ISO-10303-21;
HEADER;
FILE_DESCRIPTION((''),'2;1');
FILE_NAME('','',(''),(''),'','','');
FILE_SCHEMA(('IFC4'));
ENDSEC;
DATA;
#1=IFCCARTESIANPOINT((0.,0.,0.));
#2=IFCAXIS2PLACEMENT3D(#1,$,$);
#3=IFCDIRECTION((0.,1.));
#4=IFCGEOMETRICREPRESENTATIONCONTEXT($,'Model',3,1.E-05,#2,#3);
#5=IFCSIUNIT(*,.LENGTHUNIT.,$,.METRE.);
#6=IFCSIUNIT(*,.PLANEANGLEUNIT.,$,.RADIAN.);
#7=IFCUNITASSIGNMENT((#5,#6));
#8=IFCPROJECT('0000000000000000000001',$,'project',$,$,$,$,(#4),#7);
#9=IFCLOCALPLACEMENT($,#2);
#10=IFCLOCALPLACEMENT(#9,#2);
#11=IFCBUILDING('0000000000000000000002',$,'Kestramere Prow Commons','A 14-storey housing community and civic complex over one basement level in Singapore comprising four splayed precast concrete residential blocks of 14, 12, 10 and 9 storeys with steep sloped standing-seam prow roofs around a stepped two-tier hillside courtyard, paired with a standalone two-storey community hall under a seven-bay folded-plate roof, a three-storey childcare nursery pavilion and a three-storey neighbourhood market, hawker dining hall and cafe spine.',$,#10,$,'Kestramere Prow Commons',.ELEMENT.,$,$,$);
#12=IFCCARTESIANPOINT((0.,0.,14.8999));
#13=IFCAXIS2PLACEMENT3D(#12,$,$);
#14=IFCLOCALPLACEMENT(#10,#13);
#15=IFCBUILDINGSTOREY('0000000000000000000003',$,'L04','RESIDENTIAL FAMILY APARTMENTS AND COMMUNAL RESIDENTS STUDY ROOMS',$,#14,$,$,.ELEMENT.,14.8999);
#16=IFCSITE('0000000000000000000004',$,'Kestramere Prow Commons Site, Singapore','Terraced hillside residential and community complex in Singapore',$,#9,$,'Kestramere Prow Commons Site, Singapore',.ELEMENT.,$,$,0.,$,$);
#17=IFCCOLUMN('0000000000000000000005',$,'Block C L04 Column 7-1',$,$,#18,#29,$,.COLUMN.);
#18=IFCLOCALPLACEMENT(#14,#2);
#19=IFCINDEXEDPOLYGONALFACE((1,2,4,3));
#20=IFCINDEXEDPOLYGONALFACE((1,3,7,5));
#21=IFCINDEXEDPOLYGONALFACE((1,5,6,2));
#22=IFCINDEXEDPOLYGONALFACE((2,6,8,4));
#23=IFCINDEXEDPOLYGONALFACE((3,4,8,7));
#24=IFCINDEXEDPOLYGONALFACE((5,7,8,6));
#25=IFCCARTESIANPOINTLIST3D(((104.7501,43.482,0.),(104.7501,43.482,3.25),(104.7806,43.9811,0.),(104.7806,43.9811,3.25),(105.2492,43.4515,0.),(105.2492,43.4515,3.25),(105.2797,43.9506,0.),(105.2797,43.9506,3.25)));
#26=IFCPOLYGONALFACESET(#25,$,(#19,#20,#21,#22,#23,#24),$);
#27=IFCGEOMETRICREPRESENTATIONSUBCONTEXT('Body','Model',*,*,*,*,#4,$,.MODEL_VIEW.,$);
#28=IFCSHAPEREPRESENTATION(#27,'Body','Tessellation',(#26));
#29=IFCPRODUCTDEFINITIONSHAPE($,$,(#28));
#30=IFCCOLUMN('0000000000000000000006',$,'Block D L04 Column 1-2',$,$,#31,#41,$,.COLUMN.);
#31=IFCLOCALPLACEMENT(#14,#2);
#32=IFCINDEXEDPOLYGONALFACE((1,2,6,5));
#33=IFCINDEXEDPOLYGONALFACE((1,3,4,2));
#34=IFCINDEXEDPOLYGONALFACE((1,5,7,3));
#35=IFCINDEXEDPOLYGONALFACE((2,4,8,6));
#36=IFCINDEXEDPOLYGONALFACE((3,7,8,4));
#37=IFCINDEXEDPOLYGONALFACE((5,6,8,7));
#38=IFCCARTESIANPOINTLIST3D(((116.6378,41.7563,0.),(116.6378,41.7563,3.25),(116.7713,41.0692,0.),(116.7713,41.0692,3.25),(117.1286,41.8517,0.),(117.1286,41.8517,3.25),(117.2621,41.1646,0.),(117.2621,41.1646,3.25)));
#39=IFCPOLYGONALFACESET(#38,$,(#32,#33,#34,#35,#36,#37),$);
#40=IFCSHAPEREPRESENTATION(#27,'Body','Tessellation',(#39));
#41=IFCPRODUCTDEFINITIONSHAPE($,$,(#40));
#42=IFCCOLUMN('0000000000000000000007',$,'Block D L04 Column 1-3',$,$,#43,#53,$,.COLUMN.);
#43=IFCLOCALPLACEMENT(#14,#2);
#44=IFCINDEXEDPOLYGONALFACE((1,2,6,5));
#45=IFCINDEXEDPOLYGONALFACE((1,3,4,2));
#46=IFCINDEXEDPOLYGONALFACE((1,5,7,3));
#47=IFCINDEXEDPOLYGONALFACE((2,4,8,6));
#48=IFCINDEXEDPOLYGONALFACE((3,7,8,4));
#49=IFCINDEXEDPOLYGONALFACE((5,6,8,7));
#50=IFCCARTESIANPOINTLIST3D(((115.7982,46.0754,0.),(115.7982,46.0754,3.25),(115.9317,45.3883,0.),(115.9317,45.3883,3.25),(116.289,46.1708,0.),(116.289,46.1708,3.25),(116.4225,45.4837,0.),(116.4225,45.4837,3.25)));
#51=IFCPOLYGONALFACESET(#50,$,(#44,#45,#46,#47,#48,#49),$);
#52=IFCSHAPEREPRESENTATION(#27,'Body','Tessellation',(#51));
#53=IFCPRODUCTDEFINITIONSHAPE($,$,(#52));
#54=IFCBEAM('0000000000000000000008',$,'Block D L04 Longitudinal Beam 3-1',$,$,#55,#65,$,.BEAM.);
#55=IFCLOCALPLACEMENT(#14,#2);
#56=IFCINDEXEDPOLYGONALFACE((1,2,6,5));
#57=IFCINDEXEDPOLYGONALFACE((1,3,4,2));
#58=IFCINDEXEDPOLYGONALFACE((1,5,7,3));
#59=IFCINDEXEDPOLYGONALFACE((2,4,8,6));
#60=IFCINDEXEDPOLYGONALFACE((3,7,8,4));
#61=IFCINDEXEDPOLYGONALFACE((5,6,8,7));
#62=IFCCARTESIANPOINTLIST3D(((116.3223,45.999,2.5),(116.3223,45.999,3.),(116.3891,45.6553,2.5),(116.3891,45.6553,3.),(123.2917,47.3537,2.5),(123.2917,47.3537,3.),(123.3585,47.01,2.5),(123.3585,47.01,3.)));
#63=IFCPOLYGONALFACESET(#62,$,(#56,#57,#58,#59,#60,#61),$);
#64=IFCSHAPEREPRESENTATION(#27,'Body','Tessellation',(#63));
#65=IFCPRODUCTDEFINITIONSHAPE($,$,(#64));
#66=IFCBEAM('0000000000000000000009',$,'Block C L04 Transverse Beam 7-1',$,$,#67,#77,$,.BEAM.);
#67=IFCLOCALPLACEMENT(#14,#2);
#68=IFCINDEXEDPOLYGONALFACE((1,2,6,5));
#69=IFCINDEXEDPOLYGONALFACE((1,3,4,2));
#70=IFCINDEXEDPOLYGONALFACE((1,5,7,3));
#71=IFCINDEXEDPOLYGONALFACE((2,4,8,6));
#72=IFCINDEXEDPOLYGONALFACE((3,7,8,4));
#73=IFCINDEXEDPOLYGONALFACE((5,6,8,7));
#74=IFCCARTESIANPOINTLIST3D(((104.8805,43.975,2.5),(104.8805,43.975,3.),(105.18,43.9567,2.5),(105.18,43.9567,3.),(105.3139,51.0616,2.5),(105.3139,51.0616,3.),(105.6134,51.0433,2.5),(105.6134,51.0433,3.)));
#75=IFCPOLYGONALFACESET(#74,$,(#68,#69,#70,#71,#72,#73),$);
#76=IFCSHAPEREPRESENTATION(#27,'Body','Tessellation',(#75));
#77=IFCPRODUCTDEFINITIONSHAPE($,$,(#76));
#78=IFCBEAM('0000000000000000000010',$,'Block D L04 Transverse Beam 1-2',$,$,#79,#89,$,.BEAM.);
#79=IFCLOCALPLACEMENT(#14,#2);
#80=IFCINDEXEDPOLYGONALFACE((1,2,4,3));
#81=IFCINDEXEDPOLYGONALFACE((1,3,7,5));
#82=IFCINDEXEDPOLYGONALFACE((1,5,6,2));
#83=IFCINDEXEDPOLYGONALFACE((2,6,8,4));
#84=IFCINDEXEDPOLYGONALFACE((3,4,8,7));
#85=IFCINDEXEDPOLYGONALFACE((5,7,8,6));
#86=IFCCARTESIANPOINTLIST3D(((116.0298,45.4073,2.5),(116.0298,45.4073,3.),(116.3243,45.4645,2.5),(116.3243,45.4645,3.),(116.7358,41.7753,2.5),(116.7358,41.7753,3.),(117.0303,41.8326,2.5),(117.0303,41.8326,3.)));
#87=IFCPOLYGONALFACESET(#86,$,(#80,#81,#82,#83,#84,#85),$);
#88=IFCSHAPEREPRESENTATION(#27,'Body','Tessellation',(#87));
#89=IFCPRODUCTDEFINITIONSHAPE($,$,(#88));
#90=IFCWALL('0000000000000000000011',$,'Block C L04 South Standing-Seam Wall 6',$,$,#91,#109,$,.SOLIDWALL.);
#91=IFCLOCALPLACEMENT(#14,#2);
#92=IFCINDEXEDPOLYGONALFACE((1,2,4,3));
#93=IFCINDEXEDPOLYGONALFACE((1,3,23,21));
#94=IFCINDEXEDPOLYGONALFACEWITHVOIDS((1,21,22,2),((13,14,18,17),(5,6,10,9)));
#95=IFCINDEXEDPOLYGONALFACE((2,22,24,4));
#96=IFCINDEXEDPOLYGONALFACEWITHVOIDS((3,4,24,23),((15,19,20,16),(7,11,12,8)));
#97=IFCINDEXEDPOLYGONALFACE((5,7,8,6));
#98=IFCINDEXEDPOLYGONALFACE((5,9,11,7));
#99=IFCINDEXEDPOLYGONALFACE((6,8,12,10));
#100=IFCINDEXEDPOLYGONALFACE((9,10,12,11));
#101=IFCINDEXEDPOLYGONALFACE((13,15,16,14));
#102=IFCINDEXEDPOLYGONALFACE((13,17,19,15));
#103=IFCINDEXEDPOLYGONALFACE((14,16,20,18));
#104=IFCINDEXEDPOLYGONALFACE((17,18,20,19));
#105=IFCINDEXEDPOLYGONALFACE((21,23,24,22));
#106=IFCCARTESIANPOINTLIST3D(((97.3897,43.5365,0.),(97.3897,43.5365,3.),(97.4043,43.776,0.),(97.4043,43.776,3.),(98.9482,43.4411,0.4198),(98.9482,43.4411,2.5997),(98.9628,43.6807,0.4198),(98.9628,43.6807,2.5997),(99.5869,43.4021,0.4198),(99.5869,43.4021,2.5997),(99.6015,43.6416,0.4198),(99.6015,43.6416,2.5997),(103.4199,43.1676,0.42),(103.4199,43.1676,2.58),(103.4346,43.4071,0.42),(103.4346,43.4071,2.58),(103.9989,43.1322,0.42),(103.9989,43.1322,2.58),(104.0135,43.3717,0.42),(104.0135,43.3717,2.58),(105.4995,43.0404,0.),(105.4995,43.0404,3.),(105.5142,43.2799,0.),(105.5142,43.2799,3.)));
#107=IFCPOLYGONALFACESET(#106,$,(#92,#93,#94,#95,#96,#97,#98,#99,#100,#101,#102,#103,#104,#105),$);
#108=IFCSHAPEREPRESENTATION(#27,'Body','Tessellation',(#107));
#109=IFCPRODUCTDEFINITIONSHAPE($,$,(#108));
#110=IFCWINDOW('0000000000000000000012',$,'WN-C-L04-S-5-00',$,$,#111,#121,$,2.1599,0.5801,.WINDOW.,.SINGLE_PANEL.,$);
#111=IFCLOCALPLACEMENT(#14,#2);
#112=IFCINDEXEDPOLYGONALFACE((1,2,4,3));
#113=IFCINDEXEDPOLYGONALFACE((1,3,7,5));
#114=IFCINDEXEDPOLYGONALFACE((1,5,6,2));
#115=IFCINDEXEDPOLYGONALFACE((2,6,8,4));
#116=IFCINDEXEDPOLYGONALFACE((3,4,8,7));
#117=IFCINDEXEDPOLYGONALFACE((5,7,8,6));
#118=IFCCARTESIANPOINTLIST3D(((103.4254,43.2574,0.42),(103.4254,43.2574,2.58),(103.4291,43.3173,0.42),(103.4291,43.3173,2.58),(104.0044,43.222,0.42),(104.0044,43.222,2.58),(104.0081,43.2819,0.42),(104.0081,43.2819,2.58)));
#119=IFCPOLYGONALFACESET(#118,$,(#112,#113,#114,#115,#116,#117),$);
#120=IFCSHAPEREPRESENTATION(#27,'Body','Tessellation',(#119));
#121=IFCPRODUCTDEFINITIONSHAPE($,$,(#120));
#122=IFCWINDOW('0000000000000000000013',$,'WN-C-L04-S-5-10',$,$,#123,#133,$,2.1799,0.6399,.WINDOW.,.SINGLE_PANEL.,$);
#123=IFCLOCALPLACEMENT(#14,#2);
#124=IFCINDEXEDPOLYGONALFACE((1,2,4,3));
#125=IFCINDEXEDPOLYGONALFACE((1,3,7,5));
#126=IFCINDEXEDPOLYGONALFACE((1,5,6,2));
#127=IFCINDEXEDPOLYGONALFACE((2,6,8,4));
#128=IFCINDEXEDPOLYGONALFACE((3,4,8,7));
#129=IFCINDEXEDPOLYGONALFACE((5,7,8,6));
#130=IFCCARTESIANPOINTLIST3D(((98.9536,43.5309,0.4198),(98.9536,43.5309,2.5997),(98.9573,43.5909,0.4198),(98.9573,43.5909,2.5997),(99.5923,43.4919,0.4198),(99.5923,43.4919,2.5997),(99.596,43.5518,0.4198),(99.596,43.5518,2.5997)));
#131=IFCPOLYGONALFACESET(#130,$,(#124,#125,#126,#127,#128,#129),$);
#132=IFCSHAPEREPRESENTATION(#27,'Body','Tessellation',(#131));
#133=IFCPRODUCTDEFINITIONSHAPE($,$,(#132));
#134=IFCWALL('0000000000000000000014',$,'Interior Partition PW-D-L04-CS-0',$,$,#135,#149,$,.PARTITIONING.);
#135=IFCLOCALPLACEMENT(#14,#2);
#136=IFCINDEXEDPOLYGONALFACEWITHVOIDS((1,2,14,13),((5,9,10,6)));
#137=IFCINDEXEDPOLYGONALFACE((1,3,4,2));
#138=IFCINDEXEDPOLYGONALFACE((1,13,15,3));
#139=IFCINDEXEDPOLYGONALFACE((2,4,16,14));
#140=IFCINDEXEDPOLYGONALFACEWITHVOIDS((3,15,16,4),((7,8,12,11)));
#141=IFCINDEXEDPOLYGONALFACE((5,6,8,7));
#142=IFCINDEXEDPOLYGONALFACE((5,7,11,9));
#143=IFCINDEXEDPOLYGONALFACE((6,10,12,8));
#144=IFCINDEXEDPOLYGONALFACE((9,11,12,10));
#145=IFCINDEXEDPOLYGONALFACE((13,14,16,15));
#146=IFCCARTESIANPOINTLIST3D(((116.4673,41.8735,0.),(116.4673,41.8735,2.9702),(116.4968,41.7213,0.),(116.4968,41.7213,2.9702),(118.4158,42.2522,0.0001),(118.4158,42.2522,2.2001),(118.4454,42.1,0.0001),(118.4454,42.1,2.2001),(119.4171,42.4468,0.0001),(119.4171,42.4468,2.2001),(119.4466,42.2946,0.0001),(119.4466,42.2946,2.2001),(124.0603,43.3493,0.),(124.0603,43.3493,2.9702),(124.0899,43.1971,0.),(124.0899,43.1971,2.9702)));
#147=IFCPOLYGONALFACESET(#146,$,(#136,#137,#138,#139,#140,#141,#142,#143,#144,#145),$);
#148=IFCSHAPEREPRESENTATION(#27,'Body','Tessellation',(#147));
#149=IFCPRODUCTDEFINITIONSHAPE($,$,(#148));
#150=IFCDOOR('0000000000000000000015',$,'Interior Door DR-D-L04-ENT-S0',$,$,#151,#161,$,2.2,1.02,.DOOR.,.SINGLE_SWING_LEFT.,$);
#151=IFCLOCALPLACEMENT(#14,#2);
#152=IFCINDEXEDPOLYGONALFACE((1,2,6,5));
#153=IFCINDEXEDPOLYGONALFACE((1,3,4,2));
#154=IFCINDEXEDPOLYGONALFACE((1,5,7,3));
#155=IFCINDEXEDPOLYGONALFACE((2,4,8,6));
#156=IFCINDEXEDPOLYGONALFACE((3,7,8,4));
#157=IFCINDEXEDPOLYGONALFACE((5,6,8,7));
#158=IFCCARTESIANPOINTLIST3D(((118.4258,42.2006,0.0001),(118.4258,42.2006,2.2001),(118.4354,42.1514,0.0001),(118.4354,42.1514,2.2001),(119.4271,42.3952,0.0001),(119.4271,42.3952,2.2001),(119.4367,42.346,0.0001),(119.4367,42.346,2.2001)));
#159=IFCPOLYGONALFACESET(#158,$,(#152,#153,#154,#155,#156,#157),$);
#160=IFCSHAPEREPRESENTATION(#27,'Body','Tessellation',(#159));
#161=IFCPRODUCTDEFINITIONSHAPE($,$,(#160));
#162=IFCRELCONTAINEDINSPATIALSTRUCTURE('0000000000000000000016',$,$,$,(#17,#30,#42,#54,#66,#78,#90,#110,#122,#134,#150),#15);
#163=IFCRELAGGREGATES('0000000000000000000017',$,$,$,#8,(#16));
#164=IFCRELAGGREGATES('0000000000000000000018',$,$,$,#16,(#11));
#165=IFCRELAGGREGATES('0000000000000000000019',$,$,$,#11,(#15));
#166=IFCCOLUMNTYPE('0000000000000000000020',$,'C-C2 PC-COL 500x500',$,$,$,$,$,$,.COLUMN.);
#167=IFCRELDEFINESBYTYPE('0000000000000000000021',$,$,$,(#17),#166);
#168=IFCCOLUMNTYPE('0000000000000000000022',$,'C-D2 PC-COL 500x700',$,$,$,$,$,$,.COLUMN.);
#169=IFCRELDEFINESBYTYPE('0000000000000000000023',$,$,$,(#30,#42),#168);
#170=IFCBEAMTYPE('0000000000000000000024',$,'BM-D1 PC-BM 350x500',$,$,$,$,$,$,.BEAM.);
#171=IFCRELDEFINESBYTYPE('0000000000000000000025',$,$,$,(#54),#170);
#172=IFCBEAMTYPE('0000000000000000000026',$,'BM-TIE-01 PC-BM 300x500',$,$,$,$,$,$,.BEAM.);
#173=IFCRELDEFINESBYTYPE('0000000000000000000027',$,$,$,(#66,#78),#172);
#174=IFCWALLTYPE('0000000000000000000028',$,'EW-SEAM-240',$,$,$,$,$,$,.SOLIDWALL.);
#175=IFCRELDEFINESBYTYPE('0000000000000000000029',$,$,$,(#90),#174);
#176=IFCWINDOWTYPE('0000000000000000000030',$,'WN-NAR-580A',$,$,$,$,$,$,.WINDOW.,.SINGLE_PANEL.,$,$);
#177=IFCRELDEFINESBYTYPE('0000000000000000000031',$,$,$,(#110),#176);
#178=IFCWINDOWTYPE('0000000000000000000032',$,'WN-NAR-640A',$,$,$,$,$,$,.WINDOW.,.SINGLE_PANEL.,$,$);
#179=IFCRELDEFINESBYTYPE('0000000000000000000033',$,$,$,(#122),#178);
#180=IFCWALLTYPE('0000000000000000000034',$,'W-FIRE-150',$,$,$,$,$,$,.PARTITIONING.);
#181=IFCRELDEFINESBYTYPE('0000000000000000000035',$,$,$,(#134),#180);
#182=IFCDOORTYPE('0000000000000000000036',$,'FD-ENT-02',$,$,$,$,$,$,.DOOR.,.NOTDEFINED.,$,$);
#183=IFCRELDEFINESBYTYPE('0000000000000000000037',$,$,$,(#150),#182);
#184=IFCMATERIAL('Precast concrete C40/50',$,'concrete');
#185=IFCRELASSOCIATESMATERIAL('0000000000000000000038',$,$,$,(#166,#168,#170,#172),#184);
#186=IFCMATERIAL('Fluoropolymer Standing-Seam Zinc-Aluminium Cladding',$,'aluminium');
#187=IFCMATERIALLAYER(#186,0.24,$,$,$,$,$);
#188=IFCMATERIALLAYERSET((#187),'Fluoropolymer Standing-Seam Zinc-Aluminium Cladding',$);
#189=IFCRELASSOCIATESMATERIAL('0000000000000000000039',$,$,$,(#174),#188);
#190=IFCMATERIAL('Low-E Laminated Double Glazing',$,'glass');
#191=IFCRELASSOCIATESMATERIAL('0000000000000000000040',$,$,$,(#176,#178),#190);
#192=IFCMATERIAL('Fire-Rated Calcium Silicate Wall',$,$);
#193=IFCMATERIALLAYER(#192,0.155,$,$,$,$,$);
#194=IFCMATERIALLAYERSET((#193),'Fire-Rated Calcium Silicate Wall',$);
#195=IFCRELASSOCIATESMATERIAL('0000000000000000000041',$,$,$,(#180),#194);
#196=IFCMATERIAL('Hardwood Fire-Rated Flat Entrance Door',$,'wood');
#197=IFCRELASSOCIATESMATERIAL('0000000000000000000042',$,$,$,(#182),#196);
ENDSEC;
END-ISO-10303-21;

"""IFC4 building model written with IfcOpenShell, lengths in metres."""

from ifc_helpers import new_model, si_unit, direction, frame, frame_2d, origin, origin_2d, place, context, subcontext, project, spatial, rectangle, extrude, material, layer, layer_set, material_profile, profile_set, type_object, element, fill, save


model = new_model("IFC4")

# Units and contexts
model_context = context("Model", 3, precision=1e-05, world=origin(), true_north=direction((0.0, 1.0)))
body_context = subcontext(model_context, "Body", "Model", "MODEL_VIEW")
ifc_project = project(units=[si_unit("LENGTHUNIT", "METRE"), si_unit("PLANEANGLEUNIT", "RADIAN")], contexts=[model_context])

# Site, building, storey
site_placement = place(None, origin())
site = spatial("IfcSite", under=ifc_project, at=site_placement, Name="Kestramere Prow Commons Site, Singapore", Description="Terraced hillside residential and community complex in Singapore", LongName="Kestramere Prow Commons Site, Singapore", CompositionType="ELEMENT", RefElevation=0.0)
building_placement = place(site_placement, origin())
building = spatial("IfcBuilding", under=site, at=building_placement, Name="Kestramere Prow Commons", Description="A 14-storey housing community and civic complex over one basement level in Singapore comprising four splayed precast concrete residential blocks of 14, 12, 10 and 9 storeys with steep sloped standing-seam prow roofs around a stepped two-tier hillside courtyard, paired with a standalone two-storey community hall under a seven-bay folded-plate roof, a three-storey childcare nursery pavilion and a three-storey neighbourhood market, hawker dining hall and cafe spine.", LongName="Kestramere Prow Commons", CompositionType="ELEMENT")
storey_placement = place(building_placement, frame((0.0, 0.0, 14.8999)))
storey = spatial("IfcBuildingStorey", under=building, at=storey_placement, Name="L04", Description="RESIDENTIAL FAMILY APARTMENTS AND COMMUNAL RESIDENTS STUDY ROOMS", CompositionType="ELEMENT", Elevation=14.8999)

# Columns
ifc_material_1 = material(Name="Precast concrete C40/50", Category="concrete")
ifc_material_profile_1 = material_profile(ifc_material_1, rectangle(XDim=0.5, YDim=0.5, at=origin_2d()), Name="PC-COL 500x500")
ifc_profile_set_1 = profile_set([ifc_material_profile_1], Name="Precast concrete C40/50")
column_type_1 = type_object("IfcColumnType", Name="C-C2 PC-COL 500x500", PredefinedType="COLUMN", material=ifc_profile_set_1)
column_placement = place(storey_placement, frame((105.0149, 43.7163, 0.0), z_axis=(0.0, 0.0, 1.0), x_axis=(0.998135, -0.061049, 0.0)))
element("IfcColumn", 1, at=column_placement, inside=storey, type_object=column_type_1, Name="Block C L04 Column 7-1", PredefinedType="COLUMN", context=body_context, shape_type="SweptSolid", body=[
    extrude(rectangle(XDim=0.5, YDim=0.5, at=origin_2d()), origin(), (0.0, 0.0, 1.0), 3.25),
])
ifc_material_profile_2 = material_profile(ifc_material_1, rectangle(XDim=0.5, YDim=0.7, at=origin_2d()), Name="PC-COL 500x700")
ifc_profile_set_2 = profile_set([ifc_material_profile_2], Name="Precast concrete C40/50")
column_type_2 = type_object("IfcColumnType", Name="C-D2 PC-COL 500x700", PredefinedType="COLUMN", material=ifc_profile_set_2)
for number, where, z_axis, x_axis, name in (
    (2, (116.95, 41.4604, 0.0), (0.0, 0.0, 1.0), (0.981627, 0.190809, 0.0), "Block D L04 Column 1-2"),
    (3, (116.1104, 45.7795, 0.0), (0.0, 0.0, 1.0), (0.981627, 0.190809, 0.0), "Block D L04 Column 1-3"),
):
    element("IfcColumn", number, at=place(storey_placement, frame(where, z_axis=z_axis, x_axis=x_axis)), inside=storey, type_object=column_type_2, Name=name, PredefinedType="COLUMN", context=body_context, shape_type="SweptSolid", body=[
        extrude(rectangle(XDim=0.5, YDim=0.7, at=origin_2d()), origin(), (0.0, 0.0, 1.0), 3.25),
    ])

# Beams
ifc_material_profile_3 = material_profile(ifc_material_1, rectangle(XDim=0.3501, YDim=0.5, at=origin_2d()), Name="PC-BM 350x500")
ifc_profile_set_3 = profile_set([ifc_material_profile_3], Name="Precast concrete C40/50")
beam_type_1 = type_object("IfcBeamType", Name="BM-D1 PC-BM 350x500", PredefinedType="BEAM", material=ifc_profile_set_3)
beam_1_placement = place(storey_placement, frame((116.3557, 45.8271, 2.75), z_axis=(0.981627, 0.19081, 0.0), x_axis=(-0.19081, 0.981627, 0.0)))
element("IfcBeam", 4, at=beam_1_placement, inside=storey, type_object=beam_type_1, Name="Block D L04 Longitudinal Beam 3-1", PredefinedType="BEAM", context=body_context, shape_type="SweptSolid", body=[
    extrude(rectangle(XDim=0.3501, YDim=0.5, at=origin_2d()), origin(), (0.0, 0.0, 1.0), 7.0999),
])
ifc_material_profile_4 = material_profile(ifc_material_1, rectangle(XDim=0.3, YDim=0.5, at=origin_2d()), Name="PC-BM 300x500")
ifc_profile_set_4 = profile_set([ifc_material_profile_4], Name="Precast concrete C40/50")
beam_type_2 = type_object("IfcBeamType", Name="BM-TIE-01 PC-BM 300x500", PredefinedType="BEAM", material=ifc_profile_set_4)
beam_2_placement = place(storey_placement, frame((105.0303, 43.9658, 2.75), z_axis=(0.061036, 0.998136, 0.0), x_axis=(-0.998136, 0.061036, 0.0)))
element("IfcBeam", 5, at=beam_2_placement, inside=storey, type_object=beam_type_2, Name="Block C L04 Transverse Beam 7-1", PredefinedType="BEAM", context=body_context, shape_type="SweptSolid", body=[
    extrude(rectangle(XDim=0.3, YDim=0.5, at=origin_2d()), origin(), (0.0, 0.0, 1.0), 7.0999),
])
beam_3_placement = place(storey_placement, frame((116.8831, 41.804, 2.75), z_axis=(-0.190822, 0.981625, 0.0), x_axis=(-0.981625, -0.190822, 0.0)))
element("IfcBeam", 6, at=beam_3_placement, inside=storey, type_object=beam_type_2, Name="Block D L04 Transverse Beam 1-2", PredefinedType="BEAM", context=body_context, shape_type="SweptSolid", body=[
    extrude(rectangle(XDim=0.3, YDim=0.5, at=origin_2d()), origin(), (0.0, 0.0, 1.0), 3.7),
])

# Wall, openings, windows
ifc_material_2 = material(Name="Fluoropolymer Standing-Seam Zinc-Aluminium Cladding", Category="aluminium")
ifc_layer_1 = layer(ifc_material_2, 0.24)
ifc_layer_set_1 = layer_set([ifc_layer_1], Name="Fluoropolymer Standing-Seam Zinc-Aluminium Cladding")
wall_type_1 = type_object("IfcWallType", Name="EW-SEAM-240", PredefinedType="SOLIDWALL", material=ifc_layer_set_1)
wall_1_placement = place(storey_placement, frame((105.5068, 43.1602, 0.0), z_axis=(0.0, 0.0, 1.0), x_axis=(-0.998134, 0.061058, 0.0)))
wall_1 = element("IfcWall", 7, at=wall_1_placement, inside=storey, type_object=wall_type_1, Name="Block C L04 South Standing-Seam Wall 6", PredefinedType="SOLIDWALL", context=body_context, shape_type="SweptSolid", body=[
    extrude(rectangle(XDim=8.125, YDim=0.24, at=frame_2d((4.0625, 0.0))), origin(), (0.0, 0.0, 1.0), 3.0),
])
opening_1_placement = place(wall_1_placement, frame((1.5034, 0.0, 0.4199)))
opening_1 = element("IfcOpeningElement", 8, at=opening_1_placement, cuts=wall_1, PredefinedType="OPENING", context=body_context, shape_type="SweptSolid", body=[
    extrude(rectangle(XDim=0.5801, YDim=2.1599, at=frame_2d((0.29, 1.0801))), frame((0.0, 0.135, 0.0), z_axis=(0.0, -1.0, 0.0), x_axis=(1.0, 0.0, 0.0)), (0.0, 0.0, 1.0), 0.27),
])
opening_2_placement = place(wall_1_placement, frame((5.9238, 0.0, 0.4199)))
opening_2 = element("IfcOpeningElement", 9, at=opening_2_placement, cuts=wall_1, PredefinedType="OPENING", context=body_context, shape_type="SweptSolid", body=[
    extrude(rectangle(XDim=0.6399, YDim=2.1799, at=frame_2d((0.3198, 1.0898))), frame((0.0, 0.135, 0.0), z_axis=(0.0, -1.0, 0.0), x_axis=(1.0, 0.0, 0.0)), (0.0, 0.0, 1.0), 0.27),
])
ifc_material_3 = material(Name="Low-E Laminated Double Glazing", Category="glass")
window_type_1 = type_object("IfcWindowType", Name="WN-NAR-580A", PartitioningType="SINGLE_PANEL", PredefinedType="WINDOW", material=ifc_material_3)
window_1_placement = place(opening_1_placement, origin())
window_1 = element("IfcWindow", 10, at=window_1_placement, inside=storey, type_object=window_type_1, Name="WN-C-L04-S-5-00", OverallHeight=2.1599, OverallWidth=0.5801, PartitioningType="SINGLE_PANEL", PredefinedType="WINDOW", context=body_context, shape_type="SweptSolid", body=[
    extrude(rectangle(XDim=0.5801, YDim=2.1599, at=frame_2d((0.29, 1.0801))), frame((0.0, 0.03, 0.0), z_axis=(0.0, -1.0, 0.0), x_axis=(1.0, 0.0, 0.0)), (0.0, 0.0, 1.0), 0.0601),
])
fill(opening_1, window_1)
window_type_2 = type_object("IfcWindowType", Name="WN-NAR-640A", PartitioningType="SINGLE_PANEL", PredefinedType="WINDOW", material=ifc_material_3)
window_2_placement = place(opening_2_placement, origin())
window_2 = element("IfcWindow", 11, at=window_2_placement, inside=storey, type_object=window_type_2, Name="WN-C-L04-S-5-10", OverallHeight=2.1799, OverallWidth=0.6399, PartitioningType="SINGLE_PANEL", PredefinedType="WINDOW", context=body_context, shape_type="SweptSolid", body=[
    extrude(rectangle(XDim=0.6399, YDim=2.1799, at=frame_2d((0.3198, 1.0898))), frame((0.0, 0.03, 0.0), z_axis=(0.0, -1.0, 0.0), x_axis=(1.0, 0.0, 0.0)), (0.0, 0.0, 1.0), 0.0601),
])
fill(opening_2, window_2)

# Wall, opening, door
ifc_material_4 = material(Name="Fire-Rated Calcium Silicate Wall")
ifc_layer_2 = layer(ifc_material_4, 0.155)
ifc_layer_set_2 = layer_set([ifc_layer_2], Name="Fire-Rated Calcium Silicate Wall")
wall_type_2 = type_object("IfcWallType", Name="W-FIRE-150", PredefinedType="PARTITIONING", material=ifc_layer_set_2)
wall_2_placement = place(storey_placement, frame((116.4819, 41.7974, 0.0), z_axis=(0.0, 0.0, 1.0), x_axis=(0.98163, 0.190796, 0.0)))
wall_2 = element("IfcWall", 12, at=wall_2_placement, inside=storey, type_object=wall_type_2, Name="Interior Partition PW-D-L04-CS-0", PredefinedType="PARTITIONING", context=body_context, shape_type="SweptSolid", body=[
    extrude(rectangle(XDim=7.7351, YDim=0.155, at=frame_2d((3.8677, 0.0))), origin(), (0.0, 0.0, 1.0), 2.9702),
])
opening_3_placement = place(wall_2_placement, frame((1.9851, 0.0, 0.0)))
opening_3 = element("IfcOpeningElement", 13, at=opening_3_placement, cuts=wall_2, PredefinedType="OPENING", context=body_context, shape_type="SweptSolid", body=[
    extrude(rectangle(XDim=1.02, YDim=2.2, at=frame_2d((0.51, 1.1001))), frame((0.0, 0.0925, 0.0), z_axis=(0.0, -1.0, 0.0), x_axis=(1.0, 0.0, 0.0)), (0.0, 0.0, 1.0), 0.1851),
])
ifc_material_5 = material(Name="Hardwood Fire-Rated Flat Entrance Door", Category="wood")
door_type_1 = type_object("IfcDoorType", Name="FD-ENT-02", OperationType="NOTDEFINED", PredefinedType="DOOR", material=ifc_material_5)
door_1_placement = place(opening_3_placement, origin())
door_1 = element("IfcDoor", 14, at=door_1_placement, inside=storey, type_object=door_type_1, Name="Interior Door DR-D-L04-ENT-S0", OperationType="SINGLE_SWING_LEFT", OverallHeight=2.2, OverallWidth=1.02, PredefinedType="DOOR", context=body_context, shape_type="SweptSolid", body=[
    extrude(rectangle(XDim=1.02, YDim=2.2, at=frame_2d((0.51, 1.1001))), frame((0.0, 0.0249, 0.0), z_axis=(0.0, -1.0, 0.0), x_axis=(1.0, 0.0, 0.0)), (0.0, 0.0, 1.0), 0.05),
])
fill(opening_3, door_1)

save(model, "model.ifc")
